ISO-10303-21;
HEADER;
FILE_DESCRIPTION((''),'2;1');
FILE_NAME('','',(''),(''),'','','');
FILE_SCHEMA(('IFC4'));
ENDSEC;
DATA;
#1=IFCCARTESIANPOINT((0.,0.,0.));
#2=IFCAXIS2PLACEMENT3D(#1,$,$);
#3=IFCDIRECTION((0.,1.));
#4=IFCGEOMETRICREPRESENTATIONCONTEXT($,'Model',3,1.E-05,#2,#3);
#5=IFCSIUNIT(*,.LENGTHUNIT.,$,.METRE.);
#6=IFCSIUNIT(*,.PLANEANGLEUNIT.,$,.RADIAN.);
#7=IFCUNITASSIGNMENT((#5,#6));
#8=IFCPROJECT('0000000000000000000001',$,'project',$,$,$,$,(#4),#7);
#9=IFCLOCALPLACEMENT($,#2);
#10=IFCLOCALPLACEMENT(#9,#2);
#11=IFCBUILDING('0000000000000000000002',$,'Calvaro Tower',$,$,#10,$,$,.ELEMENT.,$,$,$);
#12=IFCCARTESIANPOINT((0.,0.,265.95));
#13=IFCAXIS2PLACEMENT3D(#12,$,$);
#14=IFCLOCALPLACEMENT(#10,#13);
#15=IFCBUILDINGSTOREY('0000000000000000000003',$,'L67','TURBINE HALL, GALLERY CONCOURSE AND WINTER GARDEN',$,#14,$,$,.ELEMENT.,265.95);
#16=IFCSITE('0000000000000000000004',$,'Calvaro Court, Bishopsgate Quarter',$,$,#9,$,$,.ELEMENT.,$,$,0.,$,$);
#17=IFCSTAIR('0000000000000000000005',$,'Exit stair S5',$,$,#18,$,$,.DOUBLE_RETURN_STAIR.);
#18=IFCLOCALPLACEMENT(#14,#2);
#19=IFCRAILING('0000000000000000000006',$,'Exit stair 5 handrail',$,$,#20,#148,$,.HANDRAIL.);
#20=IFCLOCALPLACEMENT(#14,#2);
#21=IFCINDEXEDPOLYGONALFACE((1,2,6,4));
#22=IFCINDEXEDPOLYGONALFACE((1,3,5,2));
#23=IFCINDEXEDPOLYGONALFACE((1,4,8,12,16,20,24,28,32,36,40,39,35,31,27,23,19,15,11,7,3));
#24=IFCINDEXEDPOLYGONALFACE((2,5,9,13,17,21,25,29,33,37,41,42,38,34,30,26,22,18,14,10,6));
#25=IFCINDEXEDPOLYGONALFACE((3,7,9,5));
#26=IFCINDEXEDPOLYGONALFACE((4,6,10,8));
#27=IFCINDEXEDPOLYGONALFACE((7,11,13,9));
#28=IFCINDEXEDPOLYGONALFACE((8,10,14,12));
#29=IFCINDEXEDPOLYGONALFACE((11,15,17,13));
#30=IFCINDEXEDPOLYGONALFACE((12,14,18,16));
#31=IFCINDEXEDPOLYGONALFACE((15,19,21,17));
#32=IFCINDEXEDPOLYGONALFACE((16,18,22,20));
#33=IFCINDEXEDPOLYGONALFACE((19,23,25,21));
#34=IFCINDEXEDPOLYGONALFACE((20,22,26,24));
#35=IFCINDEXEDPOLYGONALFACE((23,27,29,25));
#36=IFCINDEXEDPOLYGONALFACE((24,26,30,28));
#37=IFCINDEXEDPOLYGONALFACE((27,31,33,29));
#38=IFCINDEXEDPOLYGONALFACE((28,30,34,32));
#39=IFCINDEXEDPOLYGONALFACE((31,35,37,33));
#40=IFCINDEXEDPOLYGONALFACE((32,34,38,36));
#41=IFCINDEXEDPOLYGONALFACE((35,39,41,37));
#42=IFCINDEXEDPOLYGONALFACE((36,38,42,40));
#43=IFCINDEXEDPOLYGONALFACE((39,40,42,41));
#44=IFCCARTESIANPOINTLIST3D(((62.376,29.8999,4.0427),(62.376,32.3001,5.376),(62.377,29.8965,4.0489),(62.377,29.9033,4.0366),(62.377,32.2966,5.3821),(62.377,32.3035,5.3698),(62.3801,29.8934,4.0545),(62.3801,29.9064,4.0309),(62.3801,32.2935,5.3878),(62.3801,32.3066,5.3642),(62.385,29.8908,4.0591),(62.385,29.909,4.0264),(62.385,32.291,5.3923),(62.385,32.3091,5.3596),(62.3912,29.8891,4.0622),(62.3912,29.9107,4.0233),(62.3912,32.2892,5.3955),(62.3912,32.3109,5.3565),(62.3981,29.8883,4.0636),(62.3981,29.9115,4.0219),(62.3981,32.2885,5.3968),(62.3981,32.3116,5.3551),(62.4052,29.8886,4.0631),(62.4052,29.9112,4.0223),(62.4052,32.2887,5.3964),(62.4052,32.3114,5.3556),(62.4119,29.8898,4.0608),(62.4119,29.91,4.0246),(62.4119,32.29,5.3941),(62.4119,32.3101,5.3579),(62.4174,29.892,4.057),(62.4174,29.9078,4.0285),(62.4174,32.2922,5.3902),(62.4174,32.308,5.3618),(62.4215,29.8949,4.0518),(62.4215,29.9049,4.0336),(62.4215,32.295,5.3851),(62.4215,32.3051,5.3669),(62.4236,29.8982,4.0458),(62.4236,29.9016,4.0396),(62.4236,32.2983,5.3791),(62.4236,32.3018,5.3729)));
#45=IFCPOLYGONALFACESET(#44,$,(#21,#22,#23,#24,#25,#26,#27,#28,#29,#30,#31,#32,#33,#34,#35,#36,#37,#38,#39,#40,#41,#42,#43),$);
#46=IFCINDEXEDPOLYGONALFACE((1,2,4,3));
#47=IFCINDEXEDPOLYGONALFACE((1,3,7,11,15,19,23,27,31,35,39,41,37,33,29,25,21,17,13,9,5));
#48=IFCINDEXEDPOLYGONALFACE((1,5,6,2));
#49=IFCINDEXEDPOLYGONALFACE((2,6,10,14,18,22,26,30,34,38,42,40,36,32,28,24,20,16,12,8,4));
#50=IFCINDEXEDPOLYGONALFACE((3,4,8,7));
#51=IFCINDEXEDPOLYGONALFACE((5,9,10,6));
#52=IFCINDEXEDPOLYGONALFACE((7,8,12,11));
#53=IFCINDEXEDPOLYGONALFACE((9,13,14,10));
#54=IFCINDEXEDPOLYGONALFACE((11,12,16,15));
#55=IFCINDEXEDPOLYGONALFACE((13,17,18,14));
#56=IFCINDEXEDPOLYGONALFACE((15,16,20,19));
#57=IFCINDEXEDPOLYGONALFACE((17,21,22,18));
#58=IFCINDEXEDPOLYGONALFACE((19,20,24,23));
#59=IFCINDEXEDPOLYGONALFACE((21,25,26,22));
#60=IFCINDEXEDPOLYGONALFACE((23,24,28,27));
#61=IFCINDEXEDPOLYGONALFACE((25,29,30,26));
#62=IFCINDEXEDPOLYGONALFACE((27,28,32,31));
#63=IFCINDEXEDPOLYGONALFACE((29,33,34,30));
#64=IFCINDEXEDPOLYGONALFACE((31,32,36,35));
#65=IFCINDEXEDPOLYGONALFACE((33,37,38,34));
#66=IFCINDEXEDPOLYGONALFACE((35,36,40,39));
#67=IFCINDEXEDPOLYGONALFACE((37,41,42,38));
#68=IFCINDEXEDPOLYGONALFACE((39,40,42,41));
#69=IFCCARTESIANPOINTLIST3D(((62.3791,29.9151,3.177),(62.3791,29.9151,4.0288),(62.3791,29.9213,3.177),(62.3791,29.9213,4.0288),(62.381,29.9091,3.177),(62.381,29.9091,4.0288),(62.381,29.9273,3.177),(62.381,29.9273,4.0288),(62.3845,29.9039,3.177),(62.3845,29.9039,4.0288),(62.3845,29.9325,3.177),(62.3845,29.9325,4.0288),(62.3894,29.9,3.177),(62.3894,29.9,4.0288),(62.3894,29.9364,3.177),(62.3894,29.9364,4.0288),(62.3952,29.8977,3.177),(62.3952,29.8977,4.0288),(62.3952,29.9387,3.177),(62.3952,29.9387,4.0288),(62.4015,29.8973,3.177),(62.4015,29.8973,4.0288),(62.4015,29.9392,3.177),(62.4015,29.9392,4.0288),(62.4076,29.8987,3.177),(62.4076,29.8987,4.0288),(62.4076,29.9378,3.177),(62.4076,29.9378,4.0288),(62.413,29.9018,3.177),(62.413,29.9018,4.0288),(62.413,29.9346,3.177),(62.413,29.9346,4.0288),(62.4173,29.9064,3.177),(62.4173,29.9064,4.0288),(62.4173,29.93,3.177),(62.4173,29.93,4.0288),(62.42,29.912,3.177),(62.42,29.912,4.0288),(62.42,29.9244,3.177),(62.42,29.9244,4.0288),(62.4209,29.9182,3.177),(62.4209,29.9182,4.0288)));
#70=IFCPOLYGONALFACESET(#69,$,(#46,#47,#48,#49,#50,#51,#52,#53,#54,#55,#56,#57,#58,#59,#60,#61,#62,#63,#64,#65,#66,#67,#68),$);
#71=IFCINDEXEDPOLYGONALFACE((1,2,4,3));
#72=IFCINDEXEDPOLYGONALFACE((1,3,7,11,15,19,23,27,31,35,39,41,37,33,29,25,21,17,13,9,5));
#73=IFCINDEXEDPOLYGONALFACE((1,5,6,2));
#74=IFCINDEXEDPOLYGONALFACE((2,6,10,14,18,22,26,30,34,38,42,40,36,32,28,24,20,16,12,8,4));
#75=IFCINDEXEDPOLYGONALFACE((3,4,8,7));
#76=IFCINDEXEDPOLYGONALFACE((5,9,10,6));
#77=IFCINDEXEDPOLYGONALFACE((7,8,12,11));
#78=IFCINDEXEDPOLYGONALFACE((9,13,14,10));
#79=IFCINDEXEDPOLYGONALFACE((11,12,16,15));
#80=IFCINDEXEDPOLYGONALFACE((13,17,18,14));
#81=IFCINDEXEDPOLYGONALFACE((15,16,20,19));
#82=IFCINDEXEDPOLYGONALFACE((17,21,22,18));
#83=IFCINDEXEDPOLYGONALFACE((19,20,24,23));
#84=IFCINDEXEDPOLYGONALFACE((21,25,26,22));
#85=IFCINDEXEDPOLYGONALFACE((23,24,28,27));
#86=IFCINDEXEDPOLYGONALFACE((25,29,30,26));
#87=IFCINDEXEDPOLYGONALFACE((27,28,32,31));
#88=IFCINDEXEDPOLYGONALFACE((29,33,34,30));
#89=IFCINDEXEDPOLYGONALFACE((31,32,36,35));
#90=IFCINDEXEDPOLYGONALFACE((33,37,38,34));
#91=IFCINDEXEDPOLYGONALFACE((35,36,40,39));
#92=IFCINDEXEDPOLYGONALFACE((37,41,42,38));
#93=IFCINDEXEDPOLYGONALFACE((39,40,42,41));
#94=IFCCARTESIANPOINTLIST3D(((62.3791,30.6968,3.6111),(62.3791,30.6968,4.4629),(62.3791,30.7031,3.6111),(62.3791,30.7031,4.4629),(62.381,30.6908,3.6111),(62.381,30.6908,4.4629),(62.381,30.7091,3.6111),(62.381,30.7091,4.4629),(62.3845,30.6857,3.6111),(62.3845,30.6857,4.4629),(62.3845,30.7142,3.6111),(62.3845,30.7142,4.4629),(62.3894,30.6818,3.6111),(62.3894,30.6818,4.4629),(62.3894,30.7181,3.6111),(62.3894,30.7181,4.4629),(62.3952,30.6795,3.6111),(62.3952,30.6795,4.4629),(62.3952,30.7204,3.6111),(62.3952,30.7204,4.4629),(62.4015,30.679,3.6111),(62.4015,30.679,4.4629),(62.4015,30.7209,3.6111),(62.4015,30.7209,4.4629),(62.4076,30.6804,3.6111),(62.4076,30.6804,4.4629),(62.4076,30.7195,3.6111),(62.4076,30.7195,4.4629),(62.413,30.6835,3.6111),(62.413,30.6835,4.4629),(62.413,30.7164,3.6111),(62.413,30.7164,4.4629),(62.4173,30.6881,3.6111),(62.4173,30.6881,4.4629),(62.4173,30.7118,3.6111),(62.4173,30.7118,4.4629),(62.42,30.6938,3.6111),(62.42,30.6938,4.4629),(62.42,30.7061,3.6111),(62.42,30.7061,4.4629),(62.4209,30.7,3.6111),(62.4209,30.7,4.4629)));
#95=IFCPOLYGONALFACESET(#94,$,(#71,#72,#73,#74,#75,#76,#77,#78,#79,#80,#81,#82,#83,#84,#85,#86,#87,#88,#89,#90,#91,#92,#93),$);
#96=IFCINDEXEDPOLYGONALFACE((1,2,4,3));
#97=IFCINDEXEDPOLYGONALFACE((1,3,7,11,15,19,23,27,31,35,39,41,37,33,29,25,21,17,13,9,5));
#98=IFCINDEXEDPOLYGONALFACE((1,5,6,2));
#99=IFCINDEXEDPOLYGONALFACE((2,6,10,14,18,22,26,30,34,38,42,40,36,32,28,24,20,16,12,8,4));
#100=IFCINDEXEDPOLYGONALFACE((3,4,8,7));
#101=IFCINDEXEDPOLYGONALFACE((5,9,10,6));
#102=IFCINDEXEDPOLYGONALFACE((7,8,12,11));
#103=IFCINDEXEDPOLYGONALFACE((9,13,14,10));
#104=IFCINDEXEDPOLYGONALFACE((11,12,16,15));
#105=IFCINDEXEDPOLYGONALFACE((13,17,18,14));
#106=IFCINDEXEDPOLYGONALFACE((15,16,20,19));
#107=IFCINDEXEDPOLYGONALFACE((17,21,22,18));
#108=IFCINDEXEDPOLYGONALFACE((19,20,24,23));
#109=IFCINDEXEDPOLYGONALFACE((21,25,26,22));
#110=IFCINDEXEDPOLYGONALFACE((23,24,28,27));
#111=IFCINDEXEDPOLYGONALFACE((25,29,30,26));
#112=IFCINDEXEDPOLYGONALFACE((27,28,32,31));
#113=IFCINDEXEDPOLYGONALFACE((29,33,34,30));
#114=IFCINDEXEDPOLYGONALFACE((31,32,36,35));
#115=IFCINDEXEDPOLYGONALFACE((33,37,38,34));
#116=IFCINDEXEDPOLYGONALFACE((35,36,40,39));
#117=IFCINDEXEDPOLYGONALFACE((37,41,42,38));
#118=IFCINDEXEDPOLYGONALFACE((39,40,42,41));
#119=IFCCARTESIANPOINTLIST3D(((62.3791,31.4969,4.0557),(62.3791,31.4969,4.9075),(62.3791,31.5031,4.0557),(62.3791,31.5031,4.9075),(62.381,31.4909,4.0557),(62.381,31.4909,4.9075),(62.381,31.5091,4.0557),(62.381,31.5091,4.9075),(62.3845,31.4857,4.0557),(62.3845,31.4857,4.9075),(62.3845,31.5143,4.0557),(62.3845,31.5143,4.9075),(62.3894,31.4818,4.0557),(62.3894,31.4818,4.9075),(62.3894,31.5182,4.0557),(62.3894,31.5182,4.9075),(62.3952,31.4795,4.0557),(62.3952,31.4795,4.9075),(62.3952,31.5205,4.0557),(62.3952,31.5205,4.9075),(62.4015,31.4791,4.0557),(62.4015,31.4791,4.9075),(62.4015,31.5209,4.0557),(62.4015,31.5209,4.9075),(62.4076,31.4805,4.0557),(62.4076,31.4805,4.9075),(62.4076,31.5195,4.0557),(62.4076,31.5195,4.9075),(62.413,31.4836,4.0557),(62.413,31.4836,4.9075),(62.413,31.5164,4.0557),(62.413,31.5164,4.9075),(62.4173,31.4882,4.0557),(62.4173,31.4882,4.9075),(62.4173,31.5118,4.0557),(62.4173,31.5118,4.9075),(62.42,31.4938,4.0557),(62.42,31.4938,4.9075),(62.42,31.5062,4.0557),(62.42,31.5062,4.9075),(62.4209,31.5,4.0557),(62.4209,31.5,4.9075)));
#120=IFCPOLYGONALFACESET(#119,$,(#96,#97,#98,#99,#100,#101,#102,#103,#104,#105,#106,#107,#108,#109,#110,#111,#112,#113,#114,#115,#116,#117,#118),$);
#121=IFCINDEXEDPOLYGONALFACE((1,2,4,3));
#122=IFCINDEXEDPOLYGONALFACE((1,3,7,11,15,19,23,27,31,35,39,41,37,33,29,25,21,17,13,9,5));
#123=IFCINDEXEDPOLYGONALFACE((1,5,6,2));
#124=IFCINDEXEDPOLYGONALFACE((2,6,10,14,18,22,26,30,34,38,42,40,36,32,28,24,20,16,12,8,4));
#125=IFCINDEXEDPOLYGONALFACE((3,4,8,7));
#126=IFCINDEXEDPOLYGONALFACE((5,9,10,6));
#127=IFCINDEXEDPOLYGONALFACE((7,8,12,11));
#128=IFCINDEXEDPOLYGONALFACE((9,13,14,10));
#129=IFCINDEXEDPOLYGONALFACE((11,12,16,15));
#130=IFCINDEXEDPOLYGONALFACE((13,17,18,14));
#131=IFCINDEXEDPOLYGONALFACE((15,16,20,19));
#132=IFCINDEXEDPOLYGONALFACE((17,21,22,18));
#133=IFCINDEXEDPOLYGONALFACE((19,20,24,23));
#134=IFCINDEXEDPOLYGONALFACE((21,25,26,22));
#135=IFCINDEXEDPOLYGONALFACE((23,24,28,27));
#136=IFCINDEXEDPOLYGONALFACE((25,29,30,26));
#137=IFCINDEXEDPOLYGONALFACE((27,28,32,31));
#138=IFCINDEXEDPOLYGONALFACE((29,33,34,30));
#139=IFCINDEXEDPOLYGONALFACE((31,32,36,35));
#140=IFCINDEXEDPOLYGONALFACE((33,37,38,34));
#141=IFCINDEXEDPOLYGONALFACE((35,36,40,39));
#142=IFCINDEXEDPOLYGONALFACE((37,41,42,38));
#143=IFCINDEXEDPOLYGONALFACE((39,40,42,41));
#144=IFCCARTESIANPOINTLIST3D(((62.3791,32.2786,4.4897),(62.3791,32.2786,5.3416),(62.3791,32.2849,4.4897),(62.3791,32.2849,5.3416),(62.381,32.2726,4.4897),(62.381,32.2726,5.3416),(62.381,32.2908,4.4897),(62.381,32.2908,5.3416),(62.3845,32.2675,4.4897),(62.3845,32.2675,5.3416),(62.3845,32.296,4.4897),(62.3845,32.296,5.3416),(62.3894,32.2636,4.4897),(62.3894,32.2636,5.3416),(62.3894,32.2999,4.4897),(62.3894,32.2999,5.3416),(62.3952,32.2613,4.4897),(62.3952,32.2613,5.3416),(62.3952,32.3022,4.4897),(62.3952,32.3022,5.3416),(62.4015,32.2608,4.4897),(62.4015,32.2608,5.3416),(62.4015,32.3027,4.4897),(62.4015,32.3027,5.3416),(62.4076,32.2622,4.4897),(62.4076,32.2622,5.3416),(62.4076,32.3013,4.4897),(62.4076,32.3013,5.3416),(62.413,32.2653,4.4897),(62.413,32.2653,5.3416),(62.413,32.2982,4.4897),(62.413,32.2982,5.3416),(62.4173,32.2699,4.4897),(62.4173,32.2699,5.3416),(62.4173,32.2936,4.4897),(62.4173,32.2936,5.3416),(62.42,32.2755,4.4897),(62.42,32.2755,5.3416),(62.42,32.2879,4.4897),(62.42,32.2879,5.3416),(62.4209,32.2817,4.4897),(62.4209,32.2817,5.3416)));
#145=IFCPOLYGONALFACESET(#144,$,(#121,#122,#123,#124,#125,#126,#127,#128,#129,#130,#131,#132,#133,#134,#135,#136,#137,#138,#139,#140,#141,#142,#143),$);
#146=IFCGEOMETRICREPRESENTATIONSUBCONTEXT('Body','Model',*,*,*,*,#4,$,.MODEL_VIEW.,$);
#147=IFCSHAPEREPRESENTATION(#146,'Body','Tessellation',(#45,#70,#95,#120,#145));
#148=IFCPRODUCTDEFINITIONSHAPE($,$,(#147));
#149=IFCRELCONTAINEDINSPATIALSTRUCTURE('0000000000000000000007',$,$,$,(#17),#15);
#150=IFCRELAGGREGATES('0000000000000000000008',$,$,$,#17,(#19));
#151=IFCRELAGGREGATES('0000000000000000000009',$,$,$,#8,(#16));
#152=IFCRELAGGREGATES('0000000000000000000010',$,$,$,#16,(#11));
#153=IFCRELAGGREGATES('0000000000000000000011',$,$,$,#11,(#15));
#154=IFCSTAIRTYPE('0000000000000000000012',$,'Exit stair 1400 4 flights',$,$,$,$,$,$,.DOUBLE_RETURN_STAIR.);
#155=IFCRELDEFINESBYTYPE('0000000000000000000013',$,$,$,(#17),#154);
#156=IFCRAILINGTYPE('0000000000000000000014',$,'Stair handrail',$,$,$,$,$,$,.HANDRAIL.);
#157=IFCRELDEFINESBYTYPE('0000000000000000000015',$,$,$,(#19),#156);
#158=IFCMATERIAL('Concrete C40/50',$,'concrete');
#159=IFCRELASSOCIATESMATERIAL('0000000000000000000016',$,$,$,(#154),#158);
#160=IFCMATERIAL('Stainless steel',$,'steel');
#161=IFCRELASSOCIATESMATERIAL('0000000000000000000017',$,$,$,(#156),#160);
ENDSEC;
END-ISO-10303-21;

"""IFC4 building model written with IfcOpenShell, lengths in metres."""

from ifc_helpers import new_model, si_unit, direction, frame, origin, origin_2d, place, context, subcontext, project, spatial, circle, extrude, material, type_object, element, aggregate, save


model = new_model("IFC4")

# Units and contexts
model_context = context("Model", 3, precision=1e-05, world=origin(), true_north=direction((0.0, 1.0)))
body_context = subcontext(model_context, "Body", "Model", "MODEL_VIEW")
ifc_project = project(units=[si_unit("LENGTHUNIT", "METRE"), si_unit("PLANEANGLEUNIT", "RADIAN")], contexts=[model_context])

# Site, building, storey
site_placement = place(None, origin())
site = spatial("IfcSite", under=ifc_project, at=site_placement, Name="Calvaro Court, Bishopsgate Quarter", CompositionType="ELEMENT", RefElevation=0.0)
building_placement = place(site_placement, origin())
building = spatial("IfcBuilding", under=site, at=building_placement, Name="Calvaro Tower", CompositionType="ELEMENT")
storey_placement = place(building_placement, frame((0.0, 0.0, 265.95)))
storey = spatial("IfcBuildingStorey", under=building, at=storey_placement, Name="L67", Description="TURBINE HALL, GALLERY CONCOURSE AND WINTER GARDEN", CompositionType="ELEMENT", Elevation=265.95)

# Stair
ifc_material_1 = material(Name="Concrete C40/50", Category="concrete")
stair_type = type_object("IfcStairType", Name="Exit stair 1400 4 flights", PredefinedType="DOUBLE_RETURN_STAIR", material=ifc_material_1)
stair_1_placement = place(storey_placement, origin())
stair_1 = element("IfcStair", 1, at=stair_1_placement, inside=storey, type_object=stair_type, Name="Exit stair S5", PredefinedType="DOUBLE_RETURN_STAIR")

# Railing
ifc_material_2 = material(Name="Stainless steel", Category="steel")
railing_type_1 = type_object("IfcRailingType", Name="Stair handrail", PredefinedType="HANDRAIL", material=ifc_material_2)
railing_1_placement = place(storey_placement, frame((62.3999, 29.8999, 3.1667)))
railing_1 = element("IfcRailing", 2, at=railing_1_placement, type_object=railing_type_1, Name="Exit stair 5 handrail", PredefinedType="HANDRAIL", context=body_context, shape_type="SweptSolid", body=[
    extrude(circle(Radius=0.0239, at=origin_2d()), frame((0.0, 0.0, 0.876), z_axis=(0.0, 0.874182, 0.485598), x_axis=(-1.0, 0.0, 0.0)), (0.0, 0.0, 1.0), 2.7456),
    extrude(circle(Radius=0.021, at=origin_2d()), frame((0.0, 0.0183, 0.0103)), (0.0, 0.0, 1.0), 0.8518),
    extrude(circle(Radius=0.021, at=origin_2d()), frame((0.0, 0.8, 0.4443)), (0.0, 0.0, 1.0), 0.8518),
    extrude(circle(Radius=0.021, at=origin_2d()), frame((0.0, 1.6001, 0.8889)), (0.0, 0.0, 1.0), 0.8518),
    extrude(circle(Radius=0.021, at=origin_2d()), frame((0.0, 2.3818, 1.323)), (0.0, 0.0, 1.0), 0.8518),
])
aggregate(stair_1, [railing_1])

save(model, "model.ifc")
